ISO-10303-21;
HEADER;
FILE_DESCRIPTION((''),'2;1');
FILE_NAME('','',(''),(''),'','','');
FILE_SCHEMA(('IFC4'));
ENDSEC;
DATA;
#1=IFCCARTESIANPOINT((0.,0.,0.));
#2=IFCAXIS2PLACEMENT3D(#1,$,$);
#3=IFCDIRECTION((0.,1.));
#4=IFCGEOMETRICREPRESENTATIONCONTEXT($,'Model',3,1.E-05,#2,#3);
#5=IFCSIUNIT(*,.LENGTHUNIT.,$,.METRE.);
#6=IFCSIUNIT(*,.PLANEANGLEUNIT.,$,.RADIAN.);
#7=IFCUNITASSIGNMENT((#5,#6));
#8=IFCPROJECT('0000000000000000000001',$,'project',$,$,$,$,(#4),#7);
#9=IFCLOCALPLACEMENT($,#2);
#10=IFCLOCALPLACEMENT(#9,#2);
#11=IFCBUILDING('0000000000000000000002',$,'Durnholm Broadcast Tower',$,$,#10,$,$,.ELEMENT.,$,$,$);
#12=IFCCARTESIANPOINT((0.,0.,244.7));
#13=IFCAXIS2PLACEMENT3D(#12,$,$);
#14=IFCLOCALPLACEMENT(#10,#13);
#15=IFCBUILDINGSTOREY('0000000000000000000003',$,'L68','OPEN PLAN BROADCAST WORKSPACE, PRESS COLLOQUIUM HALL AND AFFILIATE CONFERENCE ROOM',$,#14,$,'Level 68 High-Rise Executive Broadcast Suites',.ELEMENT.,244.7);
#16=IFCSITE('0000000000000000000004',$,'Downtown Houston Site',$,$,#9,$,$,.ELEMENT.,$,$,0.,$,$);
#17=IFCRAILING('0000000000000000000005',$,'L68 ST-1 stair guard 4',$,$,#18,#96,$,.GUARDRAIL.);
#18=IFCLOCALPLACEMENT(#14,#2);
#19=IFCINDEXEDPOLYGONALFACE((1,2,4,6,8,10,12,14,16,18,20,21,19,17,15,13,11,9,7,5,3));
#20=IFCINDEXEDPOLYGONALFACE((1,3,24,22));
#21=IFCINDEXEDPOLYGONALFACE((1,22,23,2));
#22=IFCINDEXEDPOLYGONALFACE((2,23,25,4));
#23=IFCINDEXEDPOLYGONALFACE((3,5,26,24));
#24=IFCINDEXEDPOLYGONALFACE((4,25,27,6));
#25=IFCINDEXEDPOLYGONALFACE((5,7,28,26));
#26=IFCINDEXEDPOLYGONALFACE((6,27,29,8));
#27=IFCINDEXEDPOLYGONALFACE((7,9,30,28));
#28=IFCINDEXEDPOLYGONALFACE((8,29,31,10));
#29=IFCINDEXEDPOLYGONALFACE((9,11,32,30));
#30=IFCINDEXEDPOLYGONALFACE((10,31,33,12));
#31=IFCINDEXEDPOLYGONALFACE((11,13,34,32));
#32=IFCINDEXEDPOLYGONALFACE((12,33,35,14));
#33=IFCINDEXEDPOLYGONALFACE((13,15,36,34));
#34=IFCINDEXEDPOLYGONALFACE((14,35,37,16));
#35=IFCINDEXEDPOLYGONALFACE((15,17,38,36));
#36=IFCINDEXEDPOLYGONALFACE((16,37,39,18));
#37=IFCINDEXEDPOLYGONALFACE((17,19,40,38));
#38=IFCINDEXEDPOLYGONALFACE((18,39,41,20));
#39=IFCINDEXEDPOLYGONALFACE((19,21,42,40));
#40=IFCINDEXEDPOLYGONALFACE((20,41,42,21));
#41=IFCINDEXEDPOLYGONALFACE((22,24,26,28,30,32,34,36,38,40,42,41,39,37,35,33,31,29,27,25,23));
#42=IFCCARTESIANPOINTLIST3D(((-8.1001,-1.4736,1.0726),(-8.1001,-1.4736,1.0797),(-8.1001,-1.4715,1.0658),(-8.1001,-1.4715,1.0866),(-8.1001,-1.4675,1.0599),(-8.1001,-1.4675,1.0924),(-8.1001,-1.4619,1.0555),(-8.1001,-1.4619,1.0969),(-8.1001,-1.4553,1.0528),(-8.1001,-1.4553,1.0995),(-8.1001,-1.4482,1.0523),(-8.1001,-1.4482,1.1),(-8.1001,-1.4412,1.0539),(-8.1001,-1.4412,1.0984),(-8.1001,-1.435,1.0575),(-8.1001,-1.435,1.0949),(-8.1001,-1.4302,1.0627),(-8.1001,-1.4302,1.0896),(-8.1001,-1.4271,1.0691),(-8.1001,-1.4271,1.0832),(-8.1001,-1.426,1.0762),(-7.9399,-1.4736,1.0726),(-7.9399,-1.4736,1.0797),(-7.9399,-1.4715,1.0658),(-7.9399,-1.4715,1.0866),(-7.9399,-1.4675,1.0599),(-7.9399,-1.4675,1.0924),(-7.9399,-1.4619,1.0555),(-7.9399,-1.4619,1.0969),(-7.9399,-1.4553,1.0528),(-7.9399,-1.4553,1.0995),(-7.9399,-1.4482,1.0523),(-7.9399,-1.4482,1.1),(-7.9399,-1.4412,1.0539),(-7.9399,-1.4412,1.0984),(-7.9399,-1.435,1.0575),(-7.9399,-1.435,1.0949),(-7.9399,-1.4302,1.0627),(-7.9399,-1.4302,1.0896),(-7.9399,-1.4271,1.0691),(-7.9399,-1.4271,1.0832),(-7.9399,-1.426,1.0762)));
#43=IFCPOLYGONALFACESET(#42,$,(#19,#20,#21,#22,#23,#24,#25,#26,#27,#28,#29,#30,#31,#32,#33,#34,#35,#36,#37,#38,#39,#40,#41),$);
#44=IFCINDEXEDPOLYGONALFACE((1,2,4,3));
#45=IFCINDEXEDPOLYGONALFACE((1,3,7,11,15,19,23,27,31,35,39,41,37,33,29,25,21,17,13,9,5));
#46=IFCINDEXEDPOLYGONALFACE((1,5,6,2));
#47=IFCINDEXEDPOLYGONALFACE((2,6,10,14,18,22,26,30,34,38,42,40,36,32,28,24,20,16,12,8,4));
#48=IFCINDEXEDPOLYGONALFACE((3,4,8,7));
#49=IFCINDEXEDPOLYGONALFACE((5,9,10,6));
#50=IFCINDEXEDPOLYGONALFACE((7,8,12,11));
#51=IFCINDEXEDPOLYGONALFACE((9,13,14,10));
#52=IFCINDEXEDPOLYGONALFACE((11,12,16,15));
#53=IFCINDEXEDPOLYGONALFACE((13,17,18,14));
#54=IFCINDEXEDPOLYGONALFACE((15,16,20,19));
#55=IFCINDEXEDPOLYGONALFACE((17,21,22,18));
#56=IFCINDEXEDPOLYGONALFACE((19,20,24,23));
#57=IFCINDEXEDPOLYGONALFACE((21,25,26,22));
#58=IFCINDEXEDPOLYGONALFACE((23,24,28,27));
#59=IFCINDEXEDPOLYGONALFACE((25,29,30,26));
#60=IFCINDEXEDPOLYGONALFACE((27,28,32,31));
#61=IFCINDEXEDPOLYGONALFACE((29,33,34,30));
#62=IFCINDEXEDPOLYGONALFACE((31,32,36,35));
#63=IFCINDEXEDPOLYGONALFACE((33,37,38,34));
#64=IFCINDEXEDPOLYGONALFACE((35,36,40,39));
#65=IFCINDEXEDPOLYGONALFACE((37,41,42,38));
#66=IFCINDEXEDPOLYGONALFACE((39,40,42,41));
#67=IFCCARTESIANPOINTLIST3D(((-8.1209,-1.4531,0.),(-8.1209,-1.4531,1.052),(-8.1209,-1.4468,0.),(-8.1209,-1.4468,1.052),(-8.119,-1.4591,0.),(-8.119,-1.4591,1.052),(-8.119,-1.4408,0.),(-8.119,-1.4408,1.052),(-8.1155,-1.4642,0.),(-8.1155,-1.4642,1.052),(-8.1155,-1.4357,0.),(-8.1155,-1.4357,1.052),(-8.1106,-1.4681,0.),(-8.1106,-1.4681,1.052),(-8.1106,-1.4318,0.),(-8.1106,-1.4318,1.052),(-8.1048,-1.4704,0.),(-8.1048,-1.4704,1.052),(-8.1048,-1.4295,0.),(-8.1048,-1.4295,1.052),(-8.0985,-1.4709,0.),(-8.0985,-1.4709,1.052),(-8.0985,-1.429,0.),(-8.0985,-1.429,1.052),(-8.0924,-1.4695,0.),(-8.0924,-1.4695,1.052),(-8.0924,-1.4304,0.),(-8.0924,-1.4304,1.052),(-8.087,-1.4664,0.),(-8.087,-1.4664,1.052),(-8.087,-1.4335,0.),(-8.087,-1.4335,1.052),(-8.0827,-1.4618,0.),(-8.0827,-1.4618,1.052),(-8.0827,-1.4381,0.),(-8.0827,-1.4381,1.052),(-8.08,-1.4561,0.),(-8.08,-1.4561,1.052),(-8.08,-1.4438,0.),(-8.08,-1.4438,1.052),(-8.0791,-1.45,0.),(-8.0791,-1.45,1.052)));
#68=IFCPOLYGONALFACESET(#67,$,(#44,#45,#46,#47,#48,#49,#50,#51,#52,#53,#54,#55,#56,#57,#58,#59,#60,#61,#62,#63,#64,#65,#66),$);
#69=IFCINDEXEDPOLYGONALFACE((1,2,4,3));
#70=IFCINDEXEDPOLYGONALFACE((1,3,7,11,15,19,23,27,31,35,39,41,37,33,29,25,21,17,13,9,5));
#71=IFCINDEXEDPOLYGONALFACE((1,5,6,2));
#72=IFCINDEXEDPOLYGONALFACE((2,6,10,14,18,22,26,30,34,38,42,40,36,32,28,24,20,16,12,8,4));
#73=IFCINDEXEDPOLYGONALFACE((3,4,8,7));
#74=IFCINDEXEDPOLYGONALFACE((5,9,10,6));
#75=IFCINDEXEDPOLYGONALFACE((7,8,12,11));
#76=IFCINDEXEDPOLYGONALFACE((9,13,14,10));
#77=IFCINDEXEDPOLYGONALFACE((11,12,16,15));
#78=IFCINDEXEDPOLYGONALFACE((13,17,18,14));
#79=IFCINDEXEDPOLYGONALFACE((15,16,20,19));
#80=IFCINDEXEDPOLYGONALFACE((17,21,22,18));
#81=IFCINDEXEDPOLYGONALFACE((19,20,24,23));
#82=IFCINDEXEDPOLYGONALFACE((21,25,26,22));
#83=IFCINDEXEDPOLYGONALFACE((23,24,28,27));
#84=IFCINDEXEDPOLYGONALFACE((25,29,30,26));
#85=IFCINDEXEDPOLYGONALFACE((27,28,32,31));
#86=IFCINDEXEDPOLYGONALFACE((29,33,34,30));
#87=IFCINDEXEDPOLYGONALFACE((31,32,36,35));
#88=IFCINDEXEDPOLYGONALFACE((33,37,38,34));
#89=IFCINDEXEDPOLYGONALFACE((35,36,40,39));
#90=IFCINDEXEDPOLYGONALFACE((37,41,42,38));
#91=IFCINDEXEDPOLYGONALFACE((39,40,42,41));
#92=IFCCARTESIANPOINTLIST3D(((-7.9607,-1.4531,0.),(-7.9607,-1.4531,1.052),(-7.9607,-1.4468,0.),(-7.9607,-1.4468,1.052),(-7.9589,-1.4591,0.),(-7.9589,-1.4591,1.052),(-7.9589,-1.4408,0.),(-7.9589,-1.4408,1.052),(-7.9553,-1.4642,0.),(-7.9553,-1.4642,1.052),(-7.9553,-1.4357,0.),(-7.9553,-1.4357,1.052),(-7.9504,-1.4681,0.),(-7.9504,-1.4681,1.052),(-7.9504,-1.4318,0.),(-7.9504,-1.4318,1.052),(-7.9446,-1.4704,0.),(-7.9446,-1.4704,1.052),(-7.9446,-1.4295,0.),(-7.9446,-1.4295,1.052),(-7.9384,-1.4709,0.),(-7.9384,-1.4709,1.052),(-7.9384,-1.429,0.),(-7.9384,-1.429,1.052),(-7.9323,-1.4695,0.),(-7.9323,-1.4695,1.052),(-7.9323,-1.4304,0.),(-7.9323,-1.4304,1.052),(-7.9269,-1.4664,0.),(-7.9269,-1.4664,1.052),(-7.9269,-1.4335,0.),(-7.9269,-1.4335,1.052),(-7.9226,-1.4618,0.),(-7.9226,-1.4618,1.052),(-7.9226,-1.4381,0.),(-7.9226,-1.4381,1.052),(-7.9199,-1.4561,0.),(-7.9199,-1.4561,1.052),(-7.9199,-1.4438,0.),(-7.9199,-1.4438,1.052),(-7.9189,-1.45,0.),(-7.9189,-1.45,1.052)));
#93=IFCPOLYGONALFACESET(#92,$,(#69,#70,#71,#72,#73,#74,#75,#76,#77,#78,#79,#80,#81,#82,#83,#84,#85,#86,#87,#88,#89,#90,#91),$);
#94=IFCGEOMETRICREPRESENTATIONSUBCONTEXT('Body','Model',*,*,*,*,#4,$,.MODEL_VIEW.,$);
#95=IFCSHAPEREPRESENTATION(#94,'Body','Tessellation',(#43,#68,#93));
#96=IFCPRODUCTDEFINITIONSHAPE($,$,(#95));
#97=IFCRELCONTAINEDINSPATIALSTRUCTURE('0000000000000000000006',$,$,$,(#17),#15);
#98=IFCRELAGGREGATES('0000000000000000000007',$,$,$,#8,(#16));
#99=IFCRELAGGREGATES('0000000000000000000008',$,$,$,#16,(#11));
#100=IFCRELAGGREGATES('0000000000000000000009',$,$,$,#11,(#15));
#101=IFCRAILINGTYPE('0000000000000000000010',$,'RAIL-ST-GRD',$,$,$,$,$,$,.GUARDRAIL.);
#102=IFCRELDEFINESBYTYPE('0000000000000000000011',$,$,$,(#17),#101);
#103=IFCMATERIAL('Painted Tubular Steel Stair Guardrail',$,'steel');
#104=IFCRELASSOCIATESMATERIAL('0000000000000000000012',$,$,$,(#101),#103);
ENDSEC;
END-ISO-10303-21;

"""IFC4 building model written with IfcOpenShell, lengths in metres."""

from ifc_helpers import new_model, si_unit, direction, frame, origin, origin_2d, place, context, subcontext, project, spatial, circle, extrude, material, type_object, element, save


model = new_model("IFC4")

# Units and contexts
model_context = context("Model", 3, precision=1e-05, world=origin(), true_north=direction((0.0, 1.0)))
body_context = subcontext(model_context, "Body", "Model", "MODEL_VIEW")
ifc_project = project(units=[si_unit("LENGTHUNIT", "METRE"), si_unit("PLANEANGLEUNIT", "RADIAN")], contexts=[model_context])

# Site, building, storey
site_placement = place(None, origin())
site = spatial("IfcSite", under=ifc_project, at=site_placement, Name="Downtown Houston Site", CompositionType="ELEMENT", RefElevation=0.0)
building_placement = place(site_placement, origin())
building = spatial("IfcBuilding", under=site, at=building_placement, Name="Durnholm Broadcast Tower", CompositionType="ELEMENT")
storey_placement = place(building_placement, frame((0.0, 0.0, 244.7)))
storey = spatial("IfcBuildingStorey", under=building, at=storey_placement, Name="L68", Description="OPEN PLAN BROADCAST WORKSPACE, PRESS COLLOQUIUM HALL AND AFFILIATE CONFERENCE ROOM", LongName="Level 68 High-Rise Executive Broadcast Suites", CompositionType="ELEMENT", Elevation=244.7)

# Railing
ifc_material_1 = material(Name="Painted Tubular Steel Stair Guardrail", Category="steel")
railing_type_1 = type_object("IfcRailingType", Name="RAIL-ST-GRD", PredefinedType="GUARDRAIL", material=ifc_material_1)
railing_1_placement = place(storey_placement, frame((-8.1001, -1.45, 0.0)))
element("IfcRailing", 1, at=railing_1_placement, inside=storey, type_object=railing_type_1, Name="L68 ST-1 stair guard 4", PredefinedType="GUARDRAIL", context=body_context, shape_type="SweptSolid", body=[
    extrude(circle(Radius=0.0239, at=origin_2d()), frame((0.0, 0.0, 1.0762), z_axis=(1.0, 0.0, 0.0), x_axis=(0.0, 1.0, 0.0)), (0.0, 0.0, 1.0), 0.1602),
    extrude(circle(Radius=0.021, at=origin_2d()), origin(), (0.0, 0.0, 1.0), 1.052),
    extrude(circle(Radius=0.021, at=origin_2d()), frame((0.1602, 0.0, 0.0)), (0.0, 0.0, 1.0), 1.052),
])

save(model, "model.ifc")
